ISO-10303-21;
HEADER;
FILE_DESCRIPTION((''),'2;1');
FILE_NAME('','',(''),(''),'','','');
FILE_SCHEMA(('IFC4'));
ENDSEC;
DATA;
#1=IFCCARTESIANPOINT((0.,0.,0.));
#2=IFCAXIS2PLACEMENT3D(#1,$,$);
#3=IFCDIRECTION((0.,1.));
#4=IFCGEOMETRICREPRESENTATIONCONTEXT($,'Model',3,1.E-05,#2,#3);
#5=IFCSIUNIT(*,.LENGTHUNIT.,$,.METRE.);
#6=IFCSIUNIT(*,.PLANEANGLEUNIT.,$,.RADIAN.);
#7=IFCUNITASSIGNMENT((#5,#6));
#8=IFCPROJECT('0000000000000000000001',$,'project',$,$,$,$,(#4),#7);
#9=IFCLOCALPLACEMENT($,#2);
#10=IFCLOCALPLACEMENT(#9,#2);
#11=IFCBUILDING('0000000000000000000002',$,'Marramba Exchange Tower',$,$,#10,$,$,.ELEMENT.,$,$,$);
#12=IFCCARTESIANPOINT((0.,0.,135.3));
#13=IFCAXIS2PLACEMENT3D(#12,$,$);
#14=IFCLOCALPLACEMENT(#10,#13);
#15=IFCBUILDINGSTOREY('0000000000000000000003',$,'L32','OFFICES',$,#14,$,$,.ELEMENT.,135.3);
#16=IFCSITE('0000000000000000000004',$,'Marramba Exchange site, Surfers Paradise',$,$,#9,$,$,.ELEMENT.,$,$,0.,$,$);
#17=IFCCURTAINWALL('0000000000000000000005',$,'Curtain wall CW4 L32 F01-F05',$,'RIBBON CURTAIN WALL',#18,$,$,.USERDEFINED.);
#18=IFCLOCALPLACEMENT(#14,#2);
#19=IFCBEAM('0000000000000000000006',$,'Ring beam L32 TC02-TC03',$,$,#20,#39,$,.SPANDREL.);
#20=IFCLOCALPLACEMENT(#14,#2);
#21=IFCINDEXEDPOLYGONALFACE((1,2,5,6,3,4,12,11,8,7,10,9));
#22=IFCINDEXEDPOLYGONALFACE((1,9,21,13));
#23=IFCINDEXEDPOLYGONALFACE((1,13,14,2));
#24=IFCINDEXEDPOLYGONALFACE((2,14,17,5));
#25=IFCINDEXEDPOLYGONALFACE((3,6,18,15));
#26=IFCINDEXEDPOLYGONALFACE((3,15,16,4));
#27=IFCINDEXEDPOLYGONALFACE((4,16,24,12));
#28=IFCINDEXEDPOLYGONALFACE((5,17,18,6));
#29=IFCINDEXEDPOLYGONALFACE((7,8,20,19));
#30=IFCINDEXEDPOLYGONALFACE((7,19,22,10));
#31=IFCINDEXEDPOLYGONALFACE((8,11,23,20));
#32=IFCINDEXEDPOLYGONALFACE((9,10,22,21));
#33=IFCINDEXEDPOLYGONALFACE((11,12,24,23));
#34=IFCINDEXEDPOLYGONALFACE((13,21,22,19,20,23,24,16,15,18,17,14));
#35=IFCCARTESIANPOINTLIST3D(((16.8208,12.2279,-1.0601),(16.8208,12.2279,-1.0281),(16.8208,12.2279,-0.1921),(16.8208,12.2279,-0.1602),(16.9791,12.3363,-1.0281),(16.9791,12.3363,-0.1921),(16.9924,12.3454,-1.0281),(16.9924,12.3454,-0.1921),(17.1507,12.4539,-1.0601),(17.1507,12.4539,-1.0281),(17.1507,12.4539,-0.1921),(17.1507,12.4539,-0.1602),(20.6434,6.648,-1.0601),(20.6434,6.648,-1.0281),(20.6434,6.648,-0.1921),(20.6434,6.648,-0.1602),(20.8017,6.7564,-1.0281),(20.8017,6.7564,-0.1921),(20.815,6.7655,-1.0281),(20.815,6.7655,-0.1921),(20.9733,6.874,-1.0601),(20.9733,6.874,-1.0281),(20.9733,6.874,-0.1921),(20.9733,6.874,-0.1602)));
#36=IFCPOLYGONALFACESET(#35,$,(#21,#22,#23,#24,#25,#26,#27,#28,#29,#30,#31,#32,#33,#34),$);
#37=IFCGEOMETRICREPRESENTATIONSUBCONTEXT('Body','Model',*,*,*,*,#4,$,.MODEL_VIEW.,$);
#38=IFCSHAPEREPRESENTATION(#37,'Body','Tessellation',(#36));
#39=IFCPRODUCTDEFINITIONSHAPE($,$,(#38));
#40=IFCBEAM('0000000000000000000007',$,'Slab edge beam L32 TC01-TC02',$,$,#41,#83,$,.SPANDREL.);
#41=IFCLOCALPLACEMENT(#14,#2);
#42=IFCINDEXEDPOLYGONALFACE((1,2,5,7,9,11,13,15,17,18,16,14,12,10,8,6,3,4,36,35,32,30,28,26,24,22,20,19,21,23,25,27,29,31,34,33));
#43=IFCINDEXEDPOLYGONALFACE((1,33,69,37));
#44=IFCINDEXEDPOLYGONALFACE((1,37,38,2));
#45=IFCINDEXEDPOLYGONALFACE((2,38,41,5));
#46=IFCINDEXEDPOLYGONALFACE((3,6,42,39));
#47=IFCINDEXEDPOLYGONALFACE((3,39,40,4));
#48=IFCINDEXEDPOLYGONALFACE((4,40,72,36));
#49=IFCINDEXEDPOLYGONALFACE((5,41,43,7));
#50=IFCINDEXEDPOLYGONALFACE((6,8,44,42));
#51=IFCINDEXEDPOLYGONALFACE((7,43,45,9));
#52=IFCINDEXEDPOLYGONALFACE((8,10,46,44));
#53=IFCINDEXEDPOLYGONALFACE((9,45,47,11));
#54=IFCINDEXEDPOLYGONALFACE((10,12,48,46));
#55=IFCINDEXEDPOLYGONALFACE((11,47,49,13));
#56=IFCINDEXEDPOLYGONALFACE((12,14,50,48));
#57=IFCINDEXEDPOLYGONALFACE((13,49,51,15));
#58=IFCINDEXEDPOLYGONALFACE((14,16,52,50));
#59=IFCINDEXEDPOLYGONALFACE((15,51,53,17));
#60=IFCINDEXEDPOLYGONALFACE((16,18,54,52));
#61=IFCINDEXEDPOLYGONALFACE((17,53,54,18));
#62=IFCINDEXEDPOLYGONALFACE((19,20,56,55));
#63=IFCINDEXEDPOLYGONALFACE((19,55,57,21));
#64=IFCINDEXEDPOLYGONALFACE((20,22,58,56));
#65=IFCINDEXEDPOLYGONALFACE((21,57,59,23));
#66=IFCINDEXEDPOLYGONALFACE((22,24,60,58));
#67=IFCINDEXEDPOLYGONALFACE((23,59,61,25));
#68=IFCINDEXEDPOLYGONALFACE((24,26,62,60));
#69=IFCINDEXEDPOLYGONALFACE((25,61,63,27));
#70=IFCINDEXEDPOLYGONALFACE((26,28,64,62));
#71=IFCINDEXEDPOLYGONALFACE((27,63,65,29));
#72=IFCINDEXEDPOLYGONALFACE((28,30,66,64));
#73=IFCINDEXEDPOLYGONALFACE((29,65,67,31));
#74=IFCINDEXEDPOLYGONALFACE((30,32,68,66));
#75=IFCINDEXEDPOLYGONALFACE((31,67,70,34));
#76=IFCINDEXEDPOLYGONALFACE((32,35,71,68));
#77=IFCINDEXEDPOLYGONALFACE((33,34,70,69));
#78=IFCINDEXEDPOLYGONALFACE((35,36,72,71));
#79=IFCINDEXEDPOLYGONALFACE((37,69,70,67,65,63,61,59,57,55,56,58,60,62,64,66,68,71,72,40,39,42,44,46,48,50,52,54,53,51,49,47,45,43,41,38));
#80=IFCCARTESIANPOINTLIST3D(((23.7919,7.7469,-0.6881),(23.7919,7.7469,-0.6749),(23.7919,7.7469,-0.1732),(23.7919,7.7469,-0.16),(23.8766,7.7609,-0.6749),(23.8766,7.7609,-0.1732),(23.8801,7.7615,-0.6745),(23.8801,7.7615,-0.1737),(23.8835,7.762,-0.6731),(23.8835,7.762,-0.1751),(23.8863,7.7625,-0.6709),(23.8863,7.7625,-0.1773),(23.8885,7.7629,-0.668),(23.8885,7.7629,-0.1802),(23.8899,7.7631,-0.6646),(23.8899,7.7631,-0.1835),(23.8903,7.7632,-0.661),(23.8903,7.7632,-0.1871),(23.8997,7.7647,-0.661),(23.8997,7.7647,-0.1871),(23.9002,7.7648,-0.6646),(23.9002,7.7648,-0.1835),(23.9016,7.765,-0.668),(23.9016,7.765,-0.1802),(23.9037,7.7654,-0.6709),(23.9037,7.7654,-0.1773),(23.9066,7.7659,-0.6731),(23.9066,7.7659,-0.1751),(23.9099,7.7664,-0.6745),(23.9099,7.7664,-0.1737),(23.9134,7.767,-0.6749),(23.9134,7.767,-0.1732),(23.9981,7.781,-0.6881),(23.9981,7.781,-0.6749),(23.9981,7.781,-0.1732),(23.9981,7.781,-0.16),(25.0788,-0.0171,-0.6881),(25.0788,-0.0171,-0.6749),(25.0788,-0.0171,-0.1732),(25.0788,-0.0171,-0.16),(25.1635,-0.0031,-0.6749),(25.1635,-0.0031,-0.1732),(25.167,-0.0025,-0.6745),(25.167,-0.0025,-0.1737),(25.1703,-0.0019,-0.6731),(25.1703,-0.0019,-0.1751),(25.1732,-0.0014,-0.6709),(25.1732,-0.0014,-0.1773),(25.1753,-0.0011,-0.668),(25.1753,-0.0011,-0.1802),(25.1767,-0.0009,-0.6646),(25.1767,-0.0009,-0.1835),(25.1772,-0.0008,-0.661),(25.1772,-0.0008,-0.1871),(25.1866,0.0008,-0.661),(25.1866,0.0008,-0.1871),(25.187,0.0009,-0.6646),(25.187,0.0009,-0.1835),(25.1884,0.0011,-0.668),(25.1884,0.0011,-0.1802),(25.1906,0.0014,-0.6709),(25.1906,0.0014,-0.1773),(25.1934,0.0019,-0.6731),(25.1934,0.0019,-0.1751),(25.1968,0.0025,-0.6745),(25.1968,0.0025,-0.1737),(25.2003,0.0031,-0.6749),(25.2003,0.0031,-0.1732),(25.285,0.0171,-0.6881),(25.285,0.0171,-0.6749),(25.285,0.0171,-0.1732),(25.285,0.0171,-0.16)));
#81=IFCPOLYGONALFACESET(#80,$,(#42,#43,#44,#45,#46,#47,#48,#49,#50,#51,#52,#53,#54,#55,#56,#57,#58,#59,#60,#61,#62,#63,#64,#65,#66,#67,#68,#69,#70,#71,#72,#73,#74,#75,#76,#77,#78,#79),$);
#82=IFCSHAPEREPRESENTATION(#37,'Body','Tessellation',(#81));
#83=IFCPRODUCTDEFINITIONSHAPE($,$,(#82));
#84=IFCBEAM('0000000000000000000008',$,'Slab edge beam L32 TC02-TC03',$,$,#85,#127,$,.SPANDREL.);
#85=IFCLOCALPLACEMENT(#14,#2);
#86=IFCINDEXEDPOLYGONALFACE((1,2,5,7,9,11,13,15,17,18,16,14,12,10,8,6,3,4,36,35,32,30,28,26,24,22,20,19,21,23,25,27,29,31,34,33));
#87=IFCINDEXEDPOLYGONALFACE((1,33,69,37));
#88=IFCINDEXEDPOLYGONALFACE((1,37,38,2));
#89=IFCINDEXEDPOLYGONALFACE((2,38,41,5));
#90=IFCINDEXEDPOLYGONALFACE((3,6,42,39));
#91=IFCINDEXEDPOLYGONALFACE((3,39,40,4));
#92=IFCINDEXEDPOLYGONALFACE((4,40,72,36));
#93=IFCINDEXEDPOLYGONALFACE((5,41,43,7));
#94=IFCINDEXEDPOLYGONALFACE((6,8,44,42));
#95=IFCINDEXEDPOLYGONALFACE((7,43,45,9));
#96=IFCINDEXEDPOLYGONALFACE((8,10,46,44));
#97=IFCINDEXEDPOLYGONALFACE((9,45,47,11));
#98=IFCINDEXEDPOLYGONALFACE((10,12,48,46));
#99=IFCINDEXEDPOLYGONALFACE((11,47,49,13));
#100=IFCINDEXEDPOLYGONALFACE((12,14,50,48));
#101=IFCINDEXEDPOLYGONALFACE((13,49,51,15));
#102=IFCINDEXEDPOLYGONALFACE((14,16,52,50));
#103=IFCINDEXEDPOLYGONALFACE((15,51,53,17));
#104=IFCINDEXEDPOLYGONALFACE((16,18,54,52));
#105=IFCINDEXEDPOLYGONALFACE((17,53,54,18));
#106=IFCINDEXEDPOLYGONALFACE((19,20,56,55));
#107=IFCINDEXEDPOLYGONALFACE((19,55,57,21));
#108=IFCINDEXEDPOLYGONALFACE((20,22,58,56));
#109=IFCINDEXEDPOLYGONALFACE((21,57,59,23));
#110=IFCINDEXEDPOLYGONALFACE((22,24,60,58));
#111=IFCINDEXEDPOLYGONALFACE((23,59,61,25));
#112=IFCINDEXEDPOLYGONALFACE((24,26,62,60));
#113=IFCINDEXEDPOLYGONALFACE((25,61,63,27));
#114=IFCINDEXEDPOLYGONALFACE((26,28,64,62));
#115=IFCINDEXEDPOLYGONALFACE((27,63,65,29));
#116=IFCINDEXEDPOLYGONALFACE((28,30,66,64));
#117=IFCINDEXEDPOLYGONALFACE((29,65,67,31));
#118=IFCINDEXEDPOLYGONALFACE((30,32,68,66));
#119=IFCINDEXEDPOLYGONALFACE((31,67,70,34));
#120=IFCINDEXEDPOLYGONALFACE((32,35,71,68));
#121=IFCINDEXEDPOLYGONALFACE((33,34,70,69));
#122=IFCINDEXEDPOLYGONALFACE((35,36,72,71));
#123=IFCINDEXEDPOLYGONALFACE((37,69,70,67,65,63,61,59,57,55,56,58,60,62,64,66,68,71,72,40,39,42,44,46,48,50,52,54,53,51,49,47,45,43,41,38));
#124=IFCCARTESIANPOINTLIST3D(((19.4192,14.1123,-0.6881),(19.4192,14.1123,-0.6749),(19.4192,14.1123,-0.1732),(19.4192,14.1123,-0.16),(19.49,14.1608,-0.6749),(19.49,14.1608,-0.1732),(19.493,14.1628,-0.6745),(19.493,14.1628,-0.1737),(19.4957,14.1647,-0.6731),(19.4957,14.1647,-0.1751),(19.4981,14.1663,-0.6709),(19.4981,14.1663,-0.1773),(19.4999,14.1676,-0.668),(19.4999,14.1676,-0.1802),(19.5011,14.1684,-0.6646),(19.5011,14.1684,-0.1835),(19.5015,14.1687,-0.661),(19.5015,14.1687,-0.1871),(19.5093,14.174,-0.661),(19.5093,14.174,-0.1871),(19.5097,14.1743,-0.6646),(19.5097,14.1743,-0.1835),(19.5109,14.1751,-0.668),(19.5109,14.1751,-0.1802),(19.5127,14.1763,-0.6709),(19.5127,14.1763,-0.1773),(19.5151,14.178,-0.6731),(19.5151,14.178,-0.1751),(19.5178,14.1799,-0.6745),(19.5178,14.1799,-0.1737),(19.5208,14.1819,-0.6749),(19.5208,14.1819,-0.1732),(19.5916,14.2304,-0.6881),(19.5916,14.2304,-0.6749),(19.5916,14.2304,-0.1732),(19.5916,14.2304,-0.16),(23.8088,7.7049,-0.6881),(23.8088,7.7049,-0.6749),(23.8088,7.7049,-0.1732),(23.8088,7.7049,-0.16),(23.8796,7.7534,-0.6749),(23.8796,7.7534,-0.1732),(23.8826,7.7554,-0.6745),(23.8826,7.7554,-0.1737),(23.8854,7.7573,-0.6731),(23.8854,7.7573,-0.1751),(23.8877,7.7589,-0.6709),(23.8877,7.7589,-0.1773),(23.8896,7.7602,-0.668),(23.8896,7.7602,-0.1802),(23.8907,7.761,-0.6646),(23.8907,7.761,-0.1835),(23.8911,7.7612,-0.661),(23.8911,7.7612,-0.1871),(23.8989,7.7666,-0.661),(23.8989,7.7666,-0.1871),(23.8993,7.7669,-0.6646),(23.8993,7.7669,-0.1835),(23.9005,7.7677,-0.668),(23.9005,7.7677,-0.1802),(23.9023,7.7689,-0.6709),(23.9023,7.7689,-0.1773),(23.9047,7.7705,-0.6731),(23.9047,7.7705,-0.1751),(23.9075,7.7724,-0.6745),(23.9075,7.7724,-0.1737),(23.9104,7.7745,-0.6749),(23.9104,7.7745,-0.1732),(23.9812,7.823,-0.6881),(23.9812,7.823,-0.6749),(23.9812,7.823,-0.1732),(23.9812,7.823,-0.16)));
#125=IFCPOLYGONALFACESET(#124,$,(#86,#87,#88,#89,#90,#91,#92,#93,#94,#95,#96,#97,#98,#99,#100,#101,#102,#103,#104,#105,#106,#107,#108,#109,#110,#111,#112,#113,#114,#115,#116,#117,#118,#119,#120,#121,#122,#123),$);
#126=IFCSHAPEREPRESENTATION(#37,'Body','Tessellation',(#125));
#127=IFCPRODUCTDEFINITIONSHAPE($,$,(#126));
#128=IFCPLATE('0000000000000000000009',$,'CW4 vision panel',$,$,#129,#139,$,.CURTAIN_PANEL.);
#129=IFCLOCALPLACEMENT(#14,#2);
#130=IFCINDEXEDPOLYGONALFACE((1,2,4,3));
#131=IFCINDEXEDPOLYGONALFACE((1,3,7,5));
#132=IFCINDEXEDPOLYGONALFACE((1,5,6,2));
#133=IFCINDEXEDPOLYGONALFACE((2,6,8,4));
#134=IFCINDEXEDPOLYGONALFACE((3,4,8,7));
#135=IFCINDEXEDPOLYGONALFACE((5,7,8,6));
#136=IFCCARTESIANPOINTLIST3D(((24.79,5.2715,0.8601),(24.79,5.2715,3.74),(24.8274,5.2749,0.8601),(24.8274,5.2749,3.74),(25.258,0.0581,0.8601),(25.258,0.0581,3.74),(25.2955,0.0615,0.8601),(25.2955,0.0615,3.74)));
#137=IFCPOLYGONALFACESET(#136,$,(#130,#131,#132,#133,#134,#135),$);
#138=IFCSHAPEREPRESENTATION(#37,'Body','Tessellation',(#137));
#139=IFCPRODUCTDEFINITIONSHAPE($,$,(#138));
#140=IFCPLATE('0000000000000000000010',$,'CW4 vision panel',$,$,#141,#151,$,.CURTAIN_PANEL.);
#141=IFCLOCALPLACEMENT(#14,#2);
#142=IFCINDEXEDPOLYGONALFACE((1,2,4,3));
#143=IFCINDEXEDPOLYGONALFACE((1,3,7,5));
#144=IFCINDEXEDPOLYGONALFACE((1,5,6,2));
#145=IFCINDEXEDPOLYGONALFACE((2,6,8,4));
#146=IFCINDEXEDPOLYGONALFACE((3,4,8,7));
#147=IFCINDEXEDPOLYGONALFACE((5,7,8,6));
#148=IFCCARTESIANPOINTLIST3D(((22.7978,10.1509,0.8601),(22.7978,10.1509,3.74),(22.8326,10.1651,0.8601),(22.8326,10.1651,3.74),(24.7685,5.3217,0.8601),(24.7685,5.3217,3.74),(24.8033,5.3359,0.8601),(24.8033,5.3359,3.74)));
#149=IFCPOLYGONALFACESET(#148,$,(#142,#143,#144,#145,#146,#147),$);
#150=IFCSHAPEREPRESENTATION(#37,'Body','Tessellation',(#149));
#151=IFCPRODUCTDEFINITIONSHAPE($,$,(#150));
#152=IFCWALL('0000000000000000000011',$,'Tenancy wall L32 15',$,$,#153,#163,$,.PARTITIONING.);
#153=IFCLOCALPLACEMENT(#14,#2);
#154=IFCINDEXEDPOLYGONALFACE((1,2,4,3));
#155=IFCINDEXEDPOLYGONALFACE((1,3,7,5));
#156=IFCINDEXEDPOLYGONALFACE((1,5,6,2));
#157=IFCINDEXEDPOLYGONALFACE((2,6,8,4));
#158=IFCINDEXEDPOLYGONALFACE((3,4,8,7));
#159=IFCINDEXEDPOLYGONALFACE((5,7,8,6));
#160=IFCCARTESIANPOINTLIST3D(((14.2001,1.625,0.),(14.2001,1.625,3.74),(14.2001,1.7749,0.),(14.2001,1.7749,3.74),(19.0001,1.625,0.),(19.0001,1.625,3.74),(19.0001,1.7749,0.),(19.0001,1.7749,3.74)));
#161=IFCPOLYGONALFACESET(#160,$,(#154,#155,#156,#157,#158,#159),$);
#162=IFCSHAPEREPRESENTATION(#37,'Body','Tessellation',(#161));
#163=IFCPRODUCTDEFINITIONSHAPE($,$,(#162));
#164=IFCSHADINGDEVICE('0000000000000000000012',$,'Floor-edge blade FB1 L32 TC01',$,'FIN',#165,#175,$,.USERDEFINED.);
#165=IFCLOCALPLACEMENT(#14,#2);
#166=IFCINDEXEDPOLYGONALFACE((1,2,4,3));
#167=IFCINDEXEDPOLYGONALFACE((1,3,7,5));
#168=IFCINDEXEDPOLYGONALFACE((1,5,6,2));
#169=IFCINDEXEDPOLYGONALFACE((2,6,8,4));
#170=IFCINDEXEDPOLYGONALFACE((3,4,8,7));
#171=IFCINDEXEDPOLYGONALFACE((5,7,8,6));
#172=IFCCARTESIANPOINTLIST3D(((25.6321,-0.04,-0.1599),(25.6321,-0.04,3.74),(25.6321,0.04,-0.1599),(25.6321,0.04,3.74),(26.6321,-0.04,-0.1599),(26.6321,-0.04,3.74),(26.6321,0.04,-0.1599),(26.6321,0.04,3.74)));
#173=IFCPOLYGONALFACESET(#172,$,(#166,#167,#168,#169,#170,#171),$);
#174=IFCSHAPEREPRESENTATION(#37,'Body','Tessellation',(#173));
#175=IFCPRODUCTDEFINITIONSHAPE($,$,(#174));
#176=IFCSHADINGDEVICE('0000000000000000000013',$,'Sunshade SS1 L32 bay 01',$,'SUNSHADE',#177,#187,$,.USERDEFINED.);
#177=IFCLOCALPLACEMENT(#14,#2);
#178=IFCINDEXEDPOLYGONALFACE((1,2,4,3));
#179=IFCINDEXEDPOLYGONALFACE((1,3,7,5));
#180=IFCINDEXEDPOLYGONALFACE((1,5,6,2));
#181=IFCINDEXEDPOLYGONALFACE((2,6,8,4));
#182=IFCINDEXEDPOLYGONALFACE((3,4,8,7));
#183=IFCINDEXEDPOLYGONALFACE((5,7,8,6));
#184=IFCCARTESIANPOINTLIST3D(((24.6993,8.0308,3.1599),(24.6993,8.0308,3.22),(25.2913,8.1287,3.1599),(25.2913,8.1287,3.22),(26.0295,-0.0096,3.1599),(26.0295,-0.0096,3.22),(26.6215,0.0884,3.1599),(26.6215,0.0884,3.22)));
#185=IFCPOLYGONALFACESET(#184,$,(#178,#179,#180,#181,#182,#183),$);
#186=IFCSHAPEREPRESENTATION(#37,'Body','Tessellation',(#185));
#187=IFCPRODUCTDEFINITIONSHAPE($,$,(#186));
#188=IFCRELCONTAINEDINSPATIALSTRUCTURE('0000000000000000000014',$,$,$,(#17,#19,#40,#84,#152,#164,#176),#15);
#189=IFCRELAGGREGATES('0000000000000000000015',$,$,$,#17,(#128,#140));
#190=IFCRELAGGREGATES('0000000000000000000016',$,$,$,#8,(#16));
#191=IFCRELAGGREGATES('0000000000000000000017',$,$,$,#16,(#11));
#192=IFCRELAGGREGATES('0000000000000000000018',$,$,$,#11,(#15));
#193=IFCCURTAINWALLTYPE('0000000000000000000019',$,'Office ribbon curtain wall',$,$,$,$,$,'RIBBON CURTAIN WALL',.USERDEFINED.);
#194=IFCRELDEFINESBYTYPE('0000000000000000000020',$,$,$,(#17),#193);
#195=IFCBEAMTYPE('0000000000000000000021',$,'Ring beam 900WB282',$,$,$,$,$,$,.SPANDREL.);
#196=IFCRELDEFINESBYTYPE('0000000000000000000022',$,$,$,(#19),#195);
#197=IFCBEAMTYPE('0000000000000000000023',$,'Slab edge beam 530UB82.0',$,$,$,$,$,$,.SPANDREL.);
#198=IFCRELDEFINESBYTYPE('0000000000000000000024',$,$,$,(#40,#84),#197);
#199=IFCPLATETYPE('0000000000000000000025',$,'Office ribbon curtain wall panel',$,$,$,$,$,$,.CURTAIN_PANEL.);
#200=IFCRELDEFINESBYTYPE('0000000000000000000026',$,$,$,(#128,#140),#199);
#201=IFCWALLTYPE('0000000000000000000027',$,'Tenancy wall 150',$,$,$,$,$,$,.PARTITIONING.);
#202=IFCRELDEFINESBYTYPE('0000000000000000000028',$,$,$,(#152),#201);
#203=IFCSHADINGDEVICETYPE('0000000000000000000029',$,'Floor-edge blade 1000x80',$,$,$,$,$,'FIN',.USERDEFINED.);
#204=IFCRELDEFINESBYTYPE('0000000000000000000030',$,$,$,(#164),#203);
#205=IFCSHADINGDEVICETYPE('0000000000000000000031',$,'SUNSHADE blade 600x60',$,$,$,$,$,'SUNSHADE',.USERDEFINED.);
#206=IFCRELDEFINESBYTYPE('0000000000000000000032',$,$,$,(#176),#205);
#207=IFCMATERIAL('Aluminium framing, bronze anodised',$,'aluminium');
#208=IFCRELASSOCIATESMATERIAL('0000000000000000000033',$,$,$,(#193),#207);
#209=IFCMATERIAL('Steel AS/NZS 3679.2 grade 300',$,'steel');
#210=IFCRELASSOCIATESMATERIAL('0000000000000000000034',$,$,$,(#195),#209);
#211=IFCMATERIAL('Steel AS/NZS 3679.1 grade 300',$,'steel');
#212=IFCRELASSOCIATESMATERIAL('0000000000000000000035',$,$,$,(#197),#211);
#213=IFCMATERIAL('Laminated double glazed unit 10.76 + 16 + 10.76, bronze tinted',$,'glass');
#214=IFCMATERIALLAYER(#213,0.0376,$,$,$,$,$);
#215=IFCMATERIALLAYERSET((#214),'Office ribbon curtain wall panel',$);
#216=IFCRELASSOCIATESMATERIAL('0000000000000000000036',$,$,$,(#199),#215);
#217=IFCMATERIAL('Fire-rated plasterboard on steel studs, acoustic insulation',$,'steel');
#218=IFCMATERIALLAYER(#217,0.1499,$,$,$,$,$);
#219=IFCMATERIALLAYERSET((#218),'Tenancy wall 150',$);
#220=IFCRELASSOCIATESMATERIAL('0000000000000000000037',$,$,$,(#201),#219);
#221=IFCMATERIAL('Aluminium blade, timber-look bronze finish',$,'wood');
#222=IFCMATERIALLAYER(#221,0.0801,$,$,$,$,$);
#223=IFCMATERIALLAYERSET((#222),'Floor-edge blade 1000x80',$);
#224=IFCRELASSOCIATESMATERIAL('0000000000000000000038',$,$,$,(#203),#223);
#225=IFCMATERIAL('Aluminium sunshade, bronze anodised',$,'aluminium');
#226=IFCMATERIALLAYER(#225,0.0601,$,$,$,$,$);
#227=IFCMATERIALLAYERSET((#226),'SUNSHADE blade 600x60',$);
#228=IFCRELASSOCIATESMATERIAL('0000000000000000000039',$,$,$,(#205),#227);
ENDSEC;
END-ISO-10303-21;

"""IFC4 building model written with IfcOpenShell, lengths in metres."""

from ifc_helpers import new_model, si_unit, direction, frame, frame_2d, origin, origin_2d, place, context, subcontext, project, spatial, rectangle, i_section, extrude, material, layer, layer_set, material_profile, profile_set, type_object, element, aggregate, save


model = new_model("IFC4")

# Units and contexts
model_context = context("Model", 3, precision=1e-05, world=origin(), true_north=direction((0.0, 1.0)))
body_context = subcontext(model_context, "Body", "Model", "MODEL_VIEW")
ifc_project = project(units=[si_unit("LENGTHUNIT", "METRE"), si_unit("PLANEANGLEUNIT", "RADIAN")], contexts=[model_context])

# Site, building, storey
site_placement = place(None, origin())
site = spatial("IfcSite", under=ifc_project, at=site_placement, Name="Marramba Exchange site, Surfers Paradise", CompositionType="ELEMENT", RefElevation=0.0)
building_placement = place(site_placement, origin())
building = spatial("IfcBuilding", under=site, at=building_placement, Name="Marramba Exchange Tower", CompositionType="ELEMENT")
storey_placement = place(building_placement, frame((0.0, 0.0, 135.3)))
storey = spatial("IfcBuildingStorey", under=building, at=storey_placement, Name="L32", Description="OFFICES", CompositionType="ELEMENT", Elevation=135.3)

# Shared definitions
ifc_material_1 = material(Name="Steel AS/NZS 3679.2 grade 300", Category="steel")
ifc_material_2 = material(Name="Steel AS/NZS 3679.1 grade 300", Category="steel")

# Curtain wall
ifc_material_3 = material(Name="Aluminium framing, bronze anodised", Category="aluminium")
curtain_wall_type = type_object("IfcCurtainWallType", Name="Office ribbon curtain wall", ElementType="RIBBON CURTAIN WALL", PredefinedType="USERDEFINED", material=ifc_material_3)
curtain_wall_placement = place(storey_placement, origin())
curtain_wall = element("IfcCurtainWall", 1, at=curtain_wall_placement, inside=storey, type_object=curtain_wall_type, Name="Curtain wall CW4 L32 F01-F05", ObjectType="RIBBON CURTAIN WALL", PredefinedType="USERDEFINED")

# Beams
ifc_material_profile_1 = material_profile(ifc_material_1, i_section(OverallWidth=0.3999, OverallDepth=0.8999, WebThickness=0.0161, FlangeThickness=0.032, at=origin_2d()), Name="900WB282")
ifc_profile_set_1 = profile_set([ifc_material_profile_1], Name="Steel AS/NZS 3679.2 grade 300")
beam_type_1 = type_object("IfcBeamType", Name="Ring beam 900WB282", PredefinedType="SPANDREL", material=ifc_profile_set_1)
beam_1_placement = place(storey_placement, frame((20.8083, 6.761, -0.6101), z_axis=(-0.56516, 0.824981, 0.0), x_axis=(-0.824981, -0.56516, 0.0)))
element("IfcBeam", 2, at=beam_1_placement, inside=storey, type_object=beam_type_1, Name="Ring beam L32 TC02-TC03", PredefinedType="SPANDREL", context=body_context, shape_type="SweptSolid", body=[
    extrude(i_section(OverallWidth=0.3999, OverallDepth=0.8999, WebThickness=0.0161, FlangeThickness=0.032, at=origin_2d()), origin(), (0.0, 0.0, 1.0), 6.7637),
])
ifc_material_profile_2 = material_profile(ifc_material_2, i_section(OverallWidth=0.209, OverallDepth=0.5281, WebThickness=0.0095, FlangeThickness=0.0132, FilletRadius=0.0139, at=origin_2d()), Name="530UB82.0")
ifc_profile_set_2 = profile_set([ifc_material_profile_2], Name="Steel AS/NZS 3679.1 grade 300")
beam_type_2 = type_object("IfcBeamType", Name="Slab edge beam 530UB82.0", PredefinedType="SPANDREL", material=ifc_profile_set_2)
beam_2_placement = place(storey_placement, frame((25.1819, 0.0, -0.4241), z_axis=(-0.163519, 0.98654, 0.0), x_axis=(-0.98654, -0.163519, 0.0)))
element("IfcBeam", 3, at=beam_2_placement, inside=storey, type_object=beam_type_2, Name="Slab edge beam L32 TC01-TC02", PredefinedType="SPANDREL", context=body_context, shape_type="SweptSolid", body=[
    extrude(i_section(OverallWidth=0.209, OverallDepth=0.5281, WebThickness=0.0095, FlangeThickness=0.0132, FilletRadius=0.0139, at=origin_2d()), origin(), (0.0, 0.0, 1.0), 7.8699),
])
beam_3_placement = place(storey_placement, frame((23.895, 7.7639, -0.4241), z_axis=(-0.565174, 0.824972, 0.0), x_axis=(-0.824972, -0.565174, 0.0)))
element("IfcBeam", 4, at=beam_3_placement, inside=storey, type_object=beam_type_2, Name="Slab edge beam L32 TC02-TC03", PredefinedType="SPANDREL", context=body_context, shape_type="SweptSolid", body=[
    extrude(i_section(OverallWidth=0.209, OverallDepth=0.5281, WebThickness=0.0095, FlangeThickness=0.0132, FilletRadius=0.0139, at=origin_2d()), origin(), (0.0, 0.0, 1.0), 7.7668),
])

# Plates
ifc_material_4 = material(Name="Laminated double glazed unit 10.76 + 16 + 10.76, bronze tinted", Category="glass")
ifc_layer_1 = layer(ifc_material_4, 0.0376)
ifc_layer_set_1 = layer_set([ifc_layer_1], Name="Office ribbon curtain wall panel")
plate_type = type_object("IfcPlateType", Name="Office ribbon curtain wall panel", PredefinedType="CURTAIN_PANEL", material=ifc_layer_set_1)
plate_1_placement = place(storey_placement, frame((25.0427, 2.6665, 0.8601), z_axis=(0.0, 0.0, 1.0), x_axis=(-0.089413, 0.995995, 0.0)))
plate_1 = element("IfcPlate", 5, at=plate_1_placement, type_object=plate_type, Name="CW4 vision panel", PredefinedType="CURTAIN_PANEL", context=body_context, shape_type="SweptSolid", body=[
    extrude(rectangle(XDim=5.2344, YDim=0.0376, at=origin_2d()), origin(), (0.0, 0.0, 1.0), 2.8799),
])
plate_2_placement = place(storey_placement, frame((23.8005, 7.7434, 0.8601), z_axis=(0.0, 0.0, 1.0), x_axis=(-0.377821, 0.925879, 0.0)))
plate_2 = element("IfcPlate", 6, at=plate_2_placement, type_object=plate_type, Name="CW4 vision panel", PredefinedType="CURTAIN_PANEL", context=body_context, shape_type="SweptSolid", body=[
    extrude(rectangle(XDim=5.2158, YDim=0.0376, at=origin_2d()), origin(), (0.0, 0.0, 1.0), 2.8799),
])
aggregate(curtain_wall, [plate_1, plate_2])

# Wall
ifc_material_5 = material(Name="Fire-rated plasterboard on steel studs, acoustic insulation", Category="steel")
ifc_layer_2 = layer(ifc_material_5, 0.1499)
ifc_layer_set_2 = layer_set([ifc_layer_2], Name="Tenancy wall 150")
wall_type = type_object("IfcWallType", Name="Tenancy wall 150", PredefinedType="PARTITIONING", material=ifc_layer_set_2)
wall_placement = place(storey_placement, frame((19.0, 1.7, 0.0), z_axis=(0.0, 0.0, 1.0), x_axis=(-1.0, 0.0, 0.0)))
element("IfcWall", 7, at=wall_placement, inside=storey, type_object=wall_type, Name="Tenancy wall L32 15", PredefinedType="PARTITIONING", context=body_context, shape_type="SweptSolid", body=[
    extrude(rectangle(XDim=4.8, YDim=0.1499, at=frame_2d((2.3999, 0.0))), origin(), (0.0, 0.0, 1.0), 3.74),
])

# Shading devices
ifc_material_6 = material(Name="Aluminium blade, timber-look bronze finish", Category="wood")
ifc_layer_3 = layer(ifc_material_6, 0.0801)
ifc_layer_set_3 = layer_set([ifc_layer_3], Name="Floor-edge blade 1000x80")
shading_device_type_1 = type_object("IfcShadingDeviceType", Name="Floor-edge blade 1000x80", ElementType="FIN", PredefinedType="USERDEFINED", material=ifc_layer_set_3)
shading_device_1_placement = place(storey_placement, frame((26.1321, 0.0, -0.1599), z_axis=(0.0, 0.0, 1.0), x_axis=(1.0, 0.0, 0.0)))
element("IfcShadingDevice", 8, at=shading_device_1_placement, inside=storey, type_object=shading_device_type_1, Name="Floor-edge blade FB1 L32 TC01", ObjectType="FIN", PredefinedType="USERDEFINED", context=body_context, shape_type="SweptSolid", body=[
    extrude(rectangle(XDim=1.0, YDim=0.0801, at=origin_2d()), origin(), (0.0, 0.0, 1.0), 3.8999),
])
ifc_material_7 = material(Name="Aluminium sunshade, bronze anodised", Category="aluminium")
ifc_layer_4 = layer(ifc_material_7, 0.0601)
ifc_layer_set_4 = layer_set([ifc_layer_4], Name="SUNSHADE blade 600x60")
shading_device_type_2 = type_object("IfcShadingDeviceType", Name="SUNSHADE blade 600x60", ElementType="SUNSHADE", PredefinedType="USERDEFINED", material=ifc_layer_set_4)
shading_device_2_placement = place(storey_placement, frame((25.6604, 4.0596, 3.1599), z_axis=(0.0, 0.0, 1.0), x_axis=(-0.163228, 0.986588, 0.0)))
element("IfcShadingDevice", 9, at=shading_device_2_placement, inside=storey, type_object=shading_device_type_2, Name="Sunshade SS1 L32 bay 01", ObjectType="SUNSHADE", PredefinedType="USERDEFINED", context=body_context, shape_type="SweptSolid", body=[
    extrude(rectangle(XDim=8.1497, YDim=0.6001, at=origin_2d()), origin(), (0.0, 0.0, 1.0), 0.0601),
])

save(model, "model.ifc")
